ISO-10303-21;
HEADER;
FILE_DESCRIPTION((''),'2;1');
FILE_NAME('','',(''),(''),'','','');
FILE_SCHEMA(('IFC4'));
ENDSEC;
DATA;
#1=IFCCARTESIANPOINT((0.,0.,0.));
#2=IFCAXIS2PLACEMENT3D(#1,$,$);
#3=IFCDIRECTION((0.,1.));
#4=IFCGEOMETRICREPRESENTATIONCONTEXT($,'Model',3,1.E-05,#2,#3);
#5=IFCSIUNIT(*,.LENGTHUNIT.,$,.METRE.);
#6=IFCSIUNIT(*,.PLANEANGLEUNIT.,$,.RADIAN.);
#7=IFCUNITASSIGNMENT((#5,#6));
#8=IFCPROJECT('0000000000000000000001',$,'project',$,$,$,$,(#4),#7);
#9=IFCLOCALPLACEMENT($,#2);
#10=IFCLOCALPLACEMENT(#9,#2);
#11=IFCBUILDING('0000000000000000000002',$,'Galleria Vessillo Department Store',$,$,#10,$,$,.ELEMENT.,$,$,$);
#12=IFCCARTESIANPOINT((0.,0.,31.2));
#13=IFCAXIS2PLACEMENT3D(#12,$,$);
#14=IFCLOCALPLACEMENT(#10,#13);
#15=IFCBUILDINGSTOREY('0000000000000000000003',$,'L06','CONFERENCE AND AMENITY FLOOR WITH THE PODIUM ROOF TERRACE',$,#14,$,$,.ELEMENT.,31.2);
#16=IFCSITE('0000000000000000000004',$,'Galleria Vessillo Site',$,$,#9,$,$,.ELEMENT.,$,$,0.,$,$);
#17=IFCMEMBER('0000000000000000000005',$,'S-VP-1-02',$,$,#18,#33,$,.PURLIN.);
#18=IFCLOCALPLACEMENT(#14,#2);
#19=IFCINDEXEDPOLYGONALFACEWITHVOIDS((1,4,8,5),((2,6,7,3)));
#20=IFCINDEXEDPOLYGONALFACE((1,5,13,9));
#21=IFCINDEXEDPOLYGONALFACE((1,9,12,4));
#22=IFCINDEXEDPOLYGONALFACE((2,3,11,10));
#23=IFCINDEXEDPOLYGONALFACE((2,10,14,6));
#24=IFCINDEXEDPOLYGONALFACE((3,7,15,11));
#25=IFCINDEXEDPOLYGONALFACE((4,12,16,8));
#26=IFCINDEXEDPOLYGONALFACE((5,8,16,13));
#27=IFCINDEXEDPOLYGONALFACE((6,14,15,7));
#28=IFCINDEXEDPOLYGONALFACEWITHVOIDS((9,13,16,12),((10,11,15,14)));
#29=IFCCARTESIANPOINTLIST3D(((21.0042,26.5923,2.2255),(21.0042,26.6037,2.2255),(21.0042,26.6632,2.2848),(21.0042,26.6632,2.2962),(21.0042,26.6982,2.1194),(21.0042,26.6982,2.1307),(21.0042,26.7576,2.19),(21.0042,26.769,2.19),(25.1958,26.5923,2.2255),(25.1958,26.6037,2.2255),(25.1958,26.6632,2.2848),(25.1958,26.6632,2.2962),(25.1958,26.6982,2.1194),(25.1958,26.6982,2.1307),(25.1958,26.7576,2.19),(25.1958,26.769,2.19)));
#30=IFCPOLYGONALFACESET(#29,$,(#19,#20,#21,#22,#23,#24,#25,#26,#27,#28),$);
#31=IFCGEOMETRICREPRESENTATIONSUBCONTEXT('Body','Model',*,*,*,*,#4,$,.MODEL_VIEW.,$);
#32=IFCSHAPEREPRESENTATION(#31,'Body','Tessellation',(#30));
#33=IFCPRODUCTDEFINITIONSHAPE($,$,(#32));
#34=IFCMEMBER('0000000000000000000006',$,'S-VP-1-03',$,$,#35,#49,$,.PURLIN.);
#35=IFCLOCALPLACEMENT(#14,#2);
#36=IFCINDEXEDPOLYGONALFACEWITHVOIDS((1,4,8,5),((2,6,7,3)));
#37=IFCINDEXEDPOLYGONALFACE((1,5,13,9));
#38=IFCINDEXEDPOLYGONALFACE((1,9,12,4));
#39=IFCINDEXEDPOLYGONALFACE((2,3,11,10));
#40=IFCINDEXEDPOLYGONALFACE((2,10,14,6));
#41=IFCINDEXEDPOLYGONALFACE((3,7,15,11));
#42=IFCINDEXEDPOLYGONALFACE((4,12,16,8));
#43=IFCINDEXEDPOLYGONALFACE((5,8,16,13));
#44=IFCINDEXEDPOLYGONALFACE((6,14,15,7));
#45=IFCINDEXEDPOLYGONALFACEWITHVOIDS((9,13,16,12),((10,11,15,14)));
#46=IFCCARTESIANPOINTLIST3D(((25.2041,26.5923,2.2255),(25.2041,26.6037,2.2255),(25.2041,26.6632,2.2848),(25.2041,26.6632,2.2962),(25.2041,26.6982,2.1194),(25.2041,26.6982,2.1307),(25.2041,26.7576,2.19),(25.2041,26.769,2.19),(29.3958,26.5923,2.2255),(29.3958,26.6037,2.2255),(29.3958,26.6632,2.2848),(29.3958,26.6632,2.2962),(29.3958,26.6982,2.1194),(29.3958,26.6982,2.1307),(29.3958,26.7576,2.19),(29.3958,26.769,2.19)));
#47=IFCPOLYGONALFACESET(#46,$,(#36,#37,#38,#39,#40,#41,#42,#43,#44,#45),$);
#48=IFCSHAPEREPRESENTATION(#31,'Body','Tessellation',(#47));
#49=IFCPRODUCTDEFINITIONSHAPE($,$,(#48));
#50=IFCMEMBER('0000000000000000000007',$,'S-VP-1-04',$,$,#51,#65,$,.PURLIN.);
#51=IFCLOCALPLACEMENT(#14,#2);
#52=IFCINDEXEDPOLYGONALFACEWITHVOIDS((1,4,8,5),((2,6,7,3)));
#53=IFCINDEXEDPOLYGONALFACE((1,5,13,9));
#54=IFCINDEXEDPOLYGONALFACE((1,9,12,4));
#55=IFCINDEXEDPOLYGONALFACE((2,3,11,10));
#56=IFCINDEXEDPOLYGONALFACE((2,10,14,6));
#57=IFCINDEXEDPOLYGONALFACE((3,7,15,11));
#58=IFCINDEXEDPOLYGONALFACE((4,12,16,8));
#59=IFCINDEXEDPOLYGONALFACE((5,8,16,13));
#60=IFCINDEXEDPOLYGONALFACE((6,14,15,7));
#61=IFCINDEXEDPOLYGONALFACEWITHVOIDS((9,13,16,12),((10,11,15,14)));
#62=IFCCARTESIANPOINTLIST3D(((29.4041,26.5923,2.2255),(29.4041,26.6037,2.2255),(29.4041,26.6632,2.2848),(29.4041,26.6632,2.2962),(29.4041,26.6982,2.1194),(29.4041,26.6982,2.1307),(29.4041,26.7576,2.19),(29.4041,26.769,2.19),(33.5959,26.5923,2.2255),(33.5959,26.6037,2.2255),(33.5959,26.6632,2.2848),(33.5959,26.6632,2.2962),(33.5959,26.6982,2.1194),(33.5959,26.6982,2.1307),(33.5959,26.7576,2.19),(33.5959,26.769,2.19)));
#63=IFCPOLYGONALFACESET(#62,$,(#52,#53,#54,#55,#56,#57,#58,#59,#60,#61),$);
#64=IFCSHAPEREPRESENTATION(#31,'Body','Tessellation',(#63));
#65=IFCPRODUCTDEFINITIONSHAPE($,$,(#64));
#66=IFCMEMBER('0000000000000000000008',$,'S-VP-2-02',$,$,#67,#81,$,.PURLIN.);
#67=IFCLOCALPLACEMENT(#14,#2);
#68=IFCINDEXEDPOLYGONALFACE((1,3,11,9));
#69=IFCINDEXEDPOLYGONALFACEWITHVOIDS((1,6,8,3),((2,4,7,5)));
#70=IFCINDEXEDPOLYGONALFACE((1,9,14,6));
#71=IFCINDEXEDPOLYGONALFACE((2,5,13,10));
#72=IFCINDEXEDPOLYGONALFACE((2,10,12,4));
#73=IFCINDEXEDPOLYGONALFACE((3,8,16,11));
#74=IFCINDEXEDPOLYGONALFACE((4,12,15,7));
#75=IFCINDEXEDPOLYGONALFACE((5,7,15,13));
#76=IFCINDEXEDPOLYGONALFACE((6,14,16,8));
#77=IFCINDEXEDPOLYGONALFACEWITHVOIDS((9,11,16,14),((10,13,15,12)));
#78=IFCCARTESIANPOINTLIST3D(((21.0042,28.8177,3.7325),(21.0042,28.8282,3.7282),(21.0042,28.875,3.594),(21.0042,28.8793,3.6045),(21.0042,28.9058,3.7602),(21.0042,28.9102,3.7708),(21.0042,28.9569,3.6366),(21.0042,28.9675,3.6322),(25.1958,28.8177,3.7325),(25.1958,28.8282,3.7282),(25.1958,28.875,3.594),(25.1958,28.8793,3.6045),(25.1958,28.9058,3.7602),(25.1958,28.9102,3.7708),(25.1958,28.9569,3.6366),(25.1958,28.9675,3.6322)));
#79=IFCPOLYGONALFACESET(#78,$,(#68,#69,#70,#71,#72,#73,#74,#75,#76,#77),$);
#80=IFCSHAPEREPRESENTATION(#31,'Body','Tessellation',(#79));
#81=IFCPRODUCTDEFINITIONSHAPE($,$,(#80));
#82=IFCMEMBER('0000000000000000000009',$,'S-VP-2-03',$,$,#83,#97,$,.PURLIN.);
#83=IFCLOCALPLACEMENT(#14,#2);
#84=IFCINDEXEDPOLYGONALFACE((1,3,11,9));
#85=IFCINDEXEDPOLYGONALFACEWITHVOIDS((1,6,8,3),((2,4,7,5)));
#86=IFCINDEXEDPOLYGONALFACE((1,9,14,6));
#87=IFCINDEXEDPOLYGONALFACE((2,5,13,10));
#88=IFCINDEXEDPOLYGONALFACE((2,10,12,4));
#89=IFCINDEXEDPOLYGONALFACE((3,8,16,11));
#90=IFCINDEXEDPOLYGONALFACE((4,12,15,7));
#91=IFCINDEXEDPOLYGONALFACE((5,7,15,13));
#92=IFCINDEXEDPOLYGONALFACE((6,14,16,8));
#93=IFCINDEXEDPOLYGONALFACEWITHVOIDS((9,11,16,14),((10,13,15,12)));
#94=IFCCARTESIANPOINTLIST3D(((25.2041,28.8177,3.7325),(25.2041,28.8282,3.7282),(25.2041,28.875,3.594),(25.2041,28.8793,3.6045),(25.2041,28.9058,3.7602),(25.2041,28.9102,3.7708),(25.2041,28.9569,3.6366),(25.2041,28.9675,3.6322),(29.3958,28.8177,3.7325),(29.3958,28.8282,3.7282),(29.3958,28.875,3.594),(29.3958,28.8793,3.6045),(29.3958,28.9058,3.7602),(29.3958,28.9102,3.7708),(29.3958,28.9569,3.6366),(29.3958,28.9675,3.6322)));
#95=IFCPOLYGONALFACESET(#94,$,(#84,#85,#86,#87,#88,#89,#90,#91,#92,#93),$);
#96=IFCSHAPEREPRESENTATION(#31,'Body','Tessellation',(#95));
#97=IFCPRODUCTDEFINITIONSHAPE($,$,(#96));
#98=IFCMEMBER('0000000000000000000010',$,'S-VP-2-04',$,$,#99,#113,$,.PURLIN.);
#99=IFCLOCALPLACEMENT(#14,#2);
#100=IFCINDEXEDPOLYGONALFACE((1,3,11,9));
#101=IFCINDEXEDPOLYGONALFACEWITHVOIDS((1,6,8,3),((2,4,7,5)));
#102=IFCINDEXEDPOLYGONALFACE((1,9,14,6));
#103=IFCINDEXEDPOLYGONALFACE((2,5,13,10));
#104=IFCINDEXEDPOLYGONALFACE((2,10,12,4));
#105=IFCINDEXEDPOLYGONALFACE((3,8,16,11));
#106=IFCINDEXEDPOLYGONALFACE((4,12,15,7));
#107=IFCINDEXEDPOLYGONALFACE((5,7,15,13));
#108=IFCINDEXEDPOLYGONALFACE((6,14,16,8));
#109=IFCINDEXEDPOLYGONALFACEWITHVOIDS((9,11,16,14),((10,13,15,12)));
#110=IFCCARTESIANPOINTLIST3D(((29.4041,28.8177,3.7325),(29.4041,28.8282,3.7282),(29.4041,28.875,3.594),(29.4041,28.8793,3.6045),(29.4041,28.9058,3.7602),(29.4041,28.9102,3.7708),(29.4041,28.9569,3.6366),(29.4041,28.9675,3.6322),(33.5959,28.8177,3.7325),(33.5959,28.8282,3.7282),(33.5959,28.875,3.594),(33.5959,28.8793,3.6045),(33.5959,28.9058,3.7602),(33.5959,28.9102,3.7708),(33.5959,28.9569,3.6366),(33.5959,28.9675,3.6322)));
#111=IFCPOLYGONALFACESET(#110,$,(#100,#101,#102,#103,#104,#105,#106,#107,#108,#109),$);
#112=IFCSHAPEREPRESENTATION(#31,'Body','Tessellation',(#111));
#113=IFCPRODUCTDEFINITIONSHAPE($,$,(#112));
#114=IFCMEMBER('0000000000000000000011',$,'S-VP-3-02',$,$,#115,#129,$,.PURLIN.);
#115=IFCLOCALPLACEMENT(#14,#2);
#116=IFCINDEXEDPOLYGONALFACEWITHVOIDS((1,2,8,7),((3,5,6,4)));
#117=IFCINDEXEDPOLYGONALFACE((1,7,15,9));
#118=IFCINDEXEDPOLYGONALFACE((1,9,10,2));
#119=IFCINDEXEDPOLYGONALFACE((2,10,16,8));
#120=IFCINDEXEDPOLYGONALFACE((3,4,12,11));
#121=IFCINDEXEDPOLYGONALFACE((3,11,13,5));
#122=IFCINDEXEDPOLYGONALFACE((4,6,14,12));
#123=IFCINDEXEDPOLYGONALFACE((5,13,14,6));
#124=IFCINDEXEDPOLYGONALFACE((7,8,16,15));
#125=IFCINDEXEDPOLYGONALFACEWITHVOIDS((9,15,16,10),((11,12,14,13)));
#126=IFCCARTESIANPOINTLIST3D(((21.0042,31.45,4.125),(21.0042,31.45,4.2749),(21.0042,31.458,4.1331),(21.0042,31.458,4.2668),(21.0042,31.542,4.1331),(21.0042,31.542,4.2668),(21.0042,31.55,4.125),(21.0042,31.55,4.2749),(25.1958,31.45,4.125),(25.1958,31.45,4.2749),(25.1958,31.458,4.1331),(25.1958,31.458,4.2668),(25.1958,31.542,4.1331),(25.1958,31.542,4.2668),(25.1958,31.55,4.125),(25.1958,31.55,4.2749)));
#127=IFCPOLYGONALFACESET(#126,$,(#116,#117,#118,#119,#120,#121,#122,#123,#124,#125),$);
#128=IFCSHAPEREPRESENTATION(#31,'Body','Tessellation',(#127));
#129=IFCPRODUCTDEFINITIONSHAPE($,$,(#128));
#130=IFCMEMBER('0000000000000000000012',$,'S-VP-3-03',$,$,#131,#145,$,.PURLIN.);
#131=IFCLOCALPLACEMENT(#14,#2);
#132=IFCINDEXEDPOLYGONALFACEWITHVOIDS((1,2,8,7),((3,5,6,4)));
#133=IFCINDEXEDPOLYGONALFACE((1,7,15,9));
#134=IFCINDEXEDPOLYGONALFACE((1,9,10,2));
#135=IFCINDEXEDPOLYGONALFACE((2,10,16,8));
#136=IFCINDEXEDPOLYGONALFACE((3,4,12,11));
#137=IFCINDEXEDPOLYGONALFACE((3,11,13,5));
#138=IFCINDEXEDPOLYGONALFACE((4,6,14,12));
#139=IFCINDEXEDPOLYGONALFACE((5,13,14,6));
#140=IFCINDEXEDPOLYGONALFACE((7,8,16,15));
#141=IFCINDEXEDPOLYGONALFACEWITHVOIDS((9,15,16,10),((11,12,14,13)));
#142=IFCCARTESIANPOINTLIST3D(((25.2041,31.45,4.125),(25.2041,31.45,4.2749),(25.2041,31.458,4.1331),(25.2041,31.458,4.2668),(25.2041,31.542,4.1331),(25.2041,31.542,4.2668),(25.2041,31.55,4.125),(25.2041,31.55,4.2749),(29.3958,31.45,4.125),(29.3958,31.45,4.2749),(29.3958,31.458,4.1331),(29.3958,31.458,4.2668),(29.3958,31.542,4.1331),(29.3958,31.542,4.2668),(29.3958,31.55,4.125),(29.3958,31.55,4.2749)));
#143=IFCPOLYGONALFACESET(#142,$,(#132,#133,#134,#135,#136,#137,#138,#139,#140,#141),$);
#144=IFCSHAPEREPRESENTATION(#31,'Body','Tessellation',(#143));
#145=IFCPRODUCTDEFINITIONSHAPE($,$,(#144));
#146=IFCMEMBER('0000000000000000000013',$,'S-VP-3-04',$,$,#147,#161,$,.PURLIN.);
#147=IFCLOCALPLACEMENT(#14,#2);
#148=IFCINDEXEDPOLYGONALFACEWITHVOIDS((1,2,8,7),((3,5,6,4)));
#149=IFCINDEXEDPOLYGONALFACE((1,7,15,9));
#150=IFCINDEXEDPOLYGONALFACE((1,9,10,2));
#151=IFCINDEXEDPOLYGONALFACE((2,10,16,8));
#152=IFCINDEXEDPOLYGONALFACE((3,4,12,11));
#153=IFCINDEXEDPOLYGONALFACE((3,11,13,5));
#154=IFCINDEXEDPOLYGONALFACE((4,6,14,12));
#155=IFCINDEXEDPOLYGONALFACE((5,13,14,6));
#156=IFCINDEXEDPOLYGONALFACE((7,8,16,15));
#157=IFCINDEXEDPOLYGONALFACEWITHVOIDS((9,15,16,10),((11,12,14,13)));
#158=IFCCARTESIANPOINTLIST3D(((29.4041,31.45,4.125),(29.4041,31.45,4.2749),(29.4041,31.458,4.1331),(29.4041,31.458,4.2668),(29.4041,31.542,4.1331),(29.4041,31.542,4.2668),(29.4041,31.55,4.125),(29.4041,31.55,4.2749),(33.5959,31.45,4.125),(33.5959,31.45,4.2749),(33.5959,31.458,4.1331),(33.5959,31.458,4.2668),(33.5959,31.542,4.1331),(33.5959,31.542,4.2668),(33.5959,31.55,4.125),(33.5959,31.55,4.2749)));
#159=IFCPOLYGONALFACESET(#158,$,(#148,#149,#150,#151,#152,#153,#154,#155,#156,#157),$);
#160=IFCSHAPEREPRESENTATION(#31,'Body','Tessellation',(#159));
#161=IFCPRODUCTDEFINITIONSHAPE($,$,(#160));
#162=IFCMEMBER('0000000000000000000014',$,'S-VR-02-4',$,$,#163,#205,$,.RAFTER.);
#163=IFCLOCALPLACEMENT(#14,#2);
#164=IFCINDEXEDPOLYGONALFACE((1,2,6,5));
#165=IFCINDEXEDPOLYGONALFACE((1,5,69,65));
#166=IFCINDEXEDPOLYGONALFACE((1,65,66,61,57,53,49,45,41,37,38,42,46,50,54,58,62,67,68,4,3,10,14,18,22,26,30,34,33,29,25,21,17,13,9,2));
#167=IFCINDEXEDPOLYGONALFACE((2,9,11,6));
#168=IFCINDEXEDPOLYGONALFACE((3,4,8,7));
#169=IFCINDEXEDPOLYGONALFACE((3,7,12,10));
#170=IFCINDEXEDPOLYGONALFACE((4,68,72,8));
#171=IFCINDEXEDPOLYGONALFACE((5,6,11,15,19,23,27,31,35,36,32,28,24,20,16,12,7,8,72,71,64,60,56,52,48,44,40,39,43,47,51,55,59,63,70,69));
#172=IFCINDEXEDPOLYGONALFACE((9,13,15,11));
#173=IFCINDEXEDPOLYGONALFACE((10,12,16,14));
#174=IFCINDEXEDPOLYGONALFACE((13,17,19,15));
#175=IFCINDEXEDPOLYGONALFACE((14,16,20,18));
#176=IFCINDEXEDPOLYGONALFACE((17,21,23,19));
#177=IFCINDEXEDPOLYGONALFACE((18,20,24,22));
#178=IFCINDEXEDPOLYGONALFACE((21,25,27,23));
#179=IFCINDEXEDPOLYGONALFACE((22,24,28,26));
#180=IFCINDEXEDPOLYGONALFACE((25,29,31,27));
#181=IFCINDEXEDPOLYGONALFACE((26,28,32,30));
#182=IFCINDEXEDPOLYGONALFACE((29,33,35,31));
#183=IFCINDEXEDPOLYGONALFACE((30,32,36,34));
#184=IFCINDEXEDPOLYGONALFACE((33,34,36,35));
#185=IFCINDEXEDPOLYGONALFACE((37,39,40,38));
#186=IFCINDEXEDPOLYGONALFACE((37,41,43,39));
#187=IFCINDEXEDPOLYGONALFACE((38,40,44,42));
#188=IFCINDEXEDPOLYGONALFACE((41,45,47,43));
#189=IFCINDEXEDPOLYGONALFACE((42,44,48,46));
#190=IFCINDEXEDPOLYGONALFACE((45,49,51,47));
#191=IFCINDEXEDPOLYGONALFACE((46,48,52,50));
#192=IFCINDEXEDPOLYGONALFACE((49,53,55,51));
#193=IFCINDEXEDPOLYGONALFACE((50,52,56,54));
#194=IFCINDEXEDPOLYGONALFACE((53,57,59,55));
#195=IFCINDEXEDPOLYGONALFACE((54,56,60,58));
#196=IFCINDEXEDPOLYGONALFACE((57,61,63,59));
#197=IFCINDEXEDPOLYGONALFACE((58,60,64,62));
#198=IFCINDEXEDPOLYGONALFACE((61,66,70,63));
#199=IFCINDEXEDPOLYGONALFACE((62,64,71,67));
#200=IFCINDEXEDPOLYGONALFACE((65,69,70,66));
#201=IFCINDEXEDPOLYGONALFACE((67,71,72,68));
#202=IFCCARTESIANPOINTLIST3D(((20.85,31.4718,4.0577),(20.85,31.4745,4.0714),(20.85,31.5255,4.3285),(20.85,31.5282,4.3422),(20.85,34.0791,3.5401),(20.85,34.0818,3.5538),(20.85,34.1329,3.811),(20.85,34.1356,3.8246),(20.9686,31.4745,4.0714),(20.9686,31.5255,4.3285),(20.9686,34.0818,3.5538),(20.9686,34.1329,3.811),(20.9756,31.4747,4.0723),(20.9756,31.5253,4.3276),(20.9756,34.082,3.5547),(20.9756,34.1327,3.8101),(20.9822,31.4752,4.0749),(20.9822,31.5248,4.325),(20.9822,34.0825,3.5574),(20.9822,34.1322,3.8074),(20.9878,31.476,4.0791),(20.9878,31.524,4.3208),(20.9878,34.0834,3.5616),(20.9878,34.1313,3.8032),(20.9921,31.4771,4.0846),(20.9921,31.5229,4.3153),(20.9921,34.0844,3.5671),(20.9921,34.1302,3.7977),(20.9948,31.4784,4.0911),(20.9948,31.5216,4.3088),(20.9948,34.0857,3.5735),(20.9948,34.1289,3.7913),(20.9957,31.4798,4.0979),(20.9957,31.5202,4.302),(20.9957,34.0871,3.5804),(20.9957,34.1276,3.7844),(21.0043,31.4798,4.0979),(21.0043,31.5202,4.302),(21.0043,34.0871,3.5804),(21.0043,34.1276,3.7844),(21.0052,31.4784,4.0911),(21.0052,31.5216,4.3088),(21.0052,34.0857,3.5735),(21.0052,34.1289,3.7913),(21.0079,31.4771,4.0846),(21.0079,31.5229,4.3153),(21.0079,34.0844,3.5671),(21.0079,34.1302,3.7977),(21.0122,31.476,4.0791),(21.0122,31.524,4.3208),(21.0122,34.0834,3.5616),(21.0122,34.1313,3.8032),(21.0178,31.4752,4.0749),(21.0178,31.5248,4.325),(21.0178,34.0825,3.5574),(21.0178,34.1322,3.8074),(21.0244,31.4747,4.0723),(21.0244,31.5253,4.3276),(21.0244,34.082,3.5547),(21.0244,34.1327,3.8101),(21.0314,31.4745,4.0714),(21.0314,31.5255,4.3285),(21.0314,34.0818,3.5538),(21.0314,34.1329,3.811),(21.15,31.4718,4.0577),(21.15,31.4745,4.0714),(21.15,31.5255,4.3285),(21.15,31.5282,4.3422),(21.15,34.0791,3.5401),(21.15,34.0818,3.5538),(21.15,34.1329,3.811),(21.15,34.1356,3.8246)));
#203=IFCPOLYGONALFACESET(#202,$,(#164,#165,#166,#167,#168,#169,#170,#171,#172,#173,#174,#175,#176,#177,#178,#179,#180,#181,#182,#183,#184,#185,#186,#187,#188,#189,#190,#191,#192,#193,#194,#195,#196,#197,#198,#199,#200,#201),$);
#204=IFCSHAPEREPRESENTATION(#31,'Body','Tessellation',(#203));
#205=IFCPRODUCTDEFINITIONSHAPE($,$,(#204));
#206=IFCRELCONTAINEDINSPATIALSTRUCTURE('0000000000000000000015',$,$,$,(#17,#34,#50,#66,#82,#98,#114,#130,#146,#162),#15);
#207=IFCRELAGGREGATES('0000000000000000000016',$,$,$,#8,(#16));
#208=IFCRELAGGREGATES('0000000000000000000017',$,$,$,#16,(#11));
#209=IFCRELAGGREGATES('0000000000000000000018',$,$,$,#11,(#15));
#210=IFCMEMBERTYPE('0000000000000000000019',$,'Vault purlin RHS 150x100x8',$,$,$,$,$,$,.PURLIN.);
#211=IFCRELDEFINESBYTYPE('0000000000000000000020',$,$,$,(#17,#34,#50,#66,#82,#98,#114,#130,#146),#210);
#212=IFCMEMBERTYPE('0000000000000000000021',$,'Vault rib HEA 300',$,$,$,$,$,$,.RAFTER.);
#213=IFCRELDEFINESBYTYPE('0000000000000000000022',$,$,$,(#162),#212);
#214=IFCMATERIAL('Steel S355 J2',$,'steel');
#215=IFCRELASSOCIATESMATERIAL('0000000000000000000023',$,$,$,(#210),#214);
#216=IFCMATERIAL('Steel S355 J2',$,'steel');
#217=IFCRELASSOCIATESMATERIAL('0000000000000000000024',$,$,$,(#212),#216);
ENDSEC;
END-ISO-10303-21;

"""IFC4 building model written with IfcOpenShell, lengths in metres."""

from ifc_helpers import new_model, si_unit, direction, frame, origin, origin_2d, place, context, subcontext, project, spatial, hollow_rectangle, i_section, extrude, material, material_profile, profile_set, type_object, element, save


model = new_model("IFC4")

# Units and contexts
model_context = context("Model", 3, precision=1e-05, world=origin(), true_north=direction((0.0, 1.0)))
body_context = subcontext(model_context, "Body", "Model", "MODEL_VIEW")
ifc_project = project(units=[si_unit("LENGTHUNIT", "METRE"), si_unit("PLANEANGLEUNIT", "RADIAN")], contexts=[model_context])

# Site, building, storey
site_placement = place(None, origin())
site = spatial("IfcSite", under=ifc_project, at=site_placement, Name="Galleria Vessillo Site", CompositionType="ELEMENT", RefElevation=0.0)
building_placement = place(site_placement, origin())
building = spatial("IfcBuilding", under=site, at=building_placement, Name="Galleria Vessillo Department Store", CompositionType="ELEMENT")
storey_placement = place(building_placement, frame((0.0, 0.0, 31.2)))
storey = spatial("IfcBuildingStorey", under=building, at=storey_placement, Name="L06", Description="CONFERENCE AND AMENITY FLOOR WITH THE PODIUM ROOF TERRACE", CompositionType="ELEMENT", Elevation=31.2)

# Members
ifc_material_1 = material(Name="Steel S355 J2", Category="steel")
ifc_material_profile_1 = material_profile(ifc_material_1, hollow_rectangle(XDim=0.1001, YDim=0.1499, WallThickness=0.0081, at=origin_2d()), Name="RHS 150x100x8")
ifc_profile_set_1 = profile_set([ifc_material_profile_1], Name="Steel S355 J2")
member_type_1 = type_object("IfcMemberType", Name="Vault purlin RHS 150x100x8", PredefinedType="PURLIN", material=ifc_profile_set_1)
for number, where, z_axis, x_axis, name in (
    (1, (21.0042, 26.6807, 2.2078), (1.0, 0.0, 0.0), (0.0, 0.708077, 0.706135), "S-VP-1-02"),
    (2, (25.2041, 26.6807, 2.2078), (1.0, 0.0, 0.0), (0.0, 0.708077, 0.706135), "S-VP-1-03"),
):
    element("IfcMember", number, at=place(storey_placement, frame(where, z_axis=z_axis, x_axis=x_axis)), inside=storey, type_object=member_type_1, Name=name, PredefinedType="PURLIN", context=body_context, shape_type="SweptSolid", body=[
        extrude(hollow_rectangle(XDim=0.1001, YDim=0.1499, WallThickness=0.0081, at=origin_2d()), origin(), (0.0, 0.0, 1.0), 4.1917),
    ])
member_1_placement = place(storey_placement, frame((29.4041, 26.6807, 2.2078), z_axis=(1.0, 0.0, 0.0), x_axis=(0.0, 0.708077, 0.706135)))
element("IfcMember", 3, at=member_1_placement, inside=storey, type_object=member_type_1, Name="S-VP-1-04", PredefinedType="PURLIN", context=body_context, shape_type="SweptSolid", body=[
    extrude(hollow_rectangle(XDim=0.1001, YDim=0.1499, WallThickness=0.0081, at=origin_2d()), origin(), (0.0, 0.0, 1.0), 4.1919),
])
for number, where, z_axis, x_axis, name in (
    (4, (21.0042, 28.8926, 3.6824), (1.0, 0.0, 0.0), (0.0, 0.924145, 0.382043), "S-VP-2-02"),
    (5, (25.2041, 28.8926, 3.6824), (1.0, 0.0, 0.0), (0.0, 0.924145, 0.382043), "S-VP-2-03"),
):
    element("IfcMember", number, at=place(storey_placement, frame(where, z_axis=z_axis, x_axis=x_axis)), inside=storey, type_object=member_type_1, Name=name, PredefinedType="PURLIN", context=body_context, shape_type="SweptSolid", body=[
        extrude(hollow_rectangle(XDim=0.1001, YDim=0.1499, WallThickness=0.0081, at=origin_2d()), origin(), (0.0, 0.0, 1.0), 4.1917),
    ])
member_2_placement = place(storey_placement, frame((29.4041, 28.8926, 3.6824), z_axis=(1.0, 0.0, 0.0), x_axis=(0.0, 0.924145, 0.382043)))
element("IfcMember", 6, at=member_2_placement, inside=storey, type_object=member_type_1, Name="S-VP-2-04", PredefinedType="PURLIN", context=body_context, shape_type="SweptSolid", body=[
    extrude(hollow_rectangle(XDim=0.1001, YDim=0.1499, WallThickness=0.0081, at=origin_2d()), origin(), (0.0, 0.0, 1.0), 4.1919),
])
for number, where, z_axis, x_axis, name in (
    (7, (21.0042, 31.5, 4.2), (1.0, 0.0, 0.0), (0.0, 1.0, 0.0), "S-VP-3-02"),
    (8, (25.2041, 31.5, 4.2), (1.0, 0.0, 0.0), (0.0, 1.0, 0.0), "S-VP-3-03"),
):
    element("IfcMember", number, at=place(storey_placement, frame(where, z_axis=z_axis, x_axis=x_axis)), inside=storey, type_object=member_type_1, Name=name, PredefinedType="PURLIN", context=body_context, shape_type="SweptSolid", body=[
        extrude(hollow_rectangle(XDim=0.1001, YDim=0.1499, WallThickness=0.0081, at=origin_2d()), origin(), (0.0, 0.0, 1.0), 4.1917),
    ])
member_3_placement = place(storey_placement, frame((29.4041, 31.5, 4.2), z_axis=(1.0, 0.0, 0.0), x_axis=(0.0, 1.0, 0.0)))
element("IfcMember", 9, at=member_3_placement, inside=storey, type_object=member_type_1, Name="S-VP-3-04", PredefinedType="PURLIN", context=body_context, shape_type="SweptSolid", body=[
    extrude(hollow_rectangle(XDim=0.1001, YDim=0.1499, WallThickness=0.0081, at=origin_2d()), origin(), (0.0, 0.0, 1.0), 4.1919),
])
ifc_material_2 = material(Name="Steel S355 J2", Category="steel")
ifc_material_profile_2 = material_profile(ifc_material_2, i_section(OverallWidth=0.3, OverallDepth=0.29, WebThickness=0.0085, FlangeThickness=0.0139, FilletRadius=0.0271, at=origin_2d()), Name="HEA 300")
ifc_profile_set_2 = profile_set([ifc_material_profile_2], Name="Steel S355 J2")
member_type_2 = type_object("IfcMemberType", Name="Vault rib HEA 300", PredefinedType="RAFTER", material=ifc_profile_set_2)
member_4_placement = place(storey_placement, frame((21.0, 31.5, 4.2), z_axis=(0.0, 0.980862, -0.194703), x_axis=(-1.0, 0.0, 0.0)))
element("IfcMember", 10, at=member_4_placement, inside=storey, type_object=member_type_2, Name="S-VR-02-4", PredefinedType="RAFTER", context=body_context, shape_type="SweptSolid", body=[
    extrude(i_section(OverallWidth=0.3, OverallDepth=0.29, WebThickness=0.0085, FlangeThickness=0.0139, FilletRadius=0.0271, at=origin_2d()), origin(), (0.0, 0.0, 1.0), 2.6582),
])

save(model, "model.ifc")
